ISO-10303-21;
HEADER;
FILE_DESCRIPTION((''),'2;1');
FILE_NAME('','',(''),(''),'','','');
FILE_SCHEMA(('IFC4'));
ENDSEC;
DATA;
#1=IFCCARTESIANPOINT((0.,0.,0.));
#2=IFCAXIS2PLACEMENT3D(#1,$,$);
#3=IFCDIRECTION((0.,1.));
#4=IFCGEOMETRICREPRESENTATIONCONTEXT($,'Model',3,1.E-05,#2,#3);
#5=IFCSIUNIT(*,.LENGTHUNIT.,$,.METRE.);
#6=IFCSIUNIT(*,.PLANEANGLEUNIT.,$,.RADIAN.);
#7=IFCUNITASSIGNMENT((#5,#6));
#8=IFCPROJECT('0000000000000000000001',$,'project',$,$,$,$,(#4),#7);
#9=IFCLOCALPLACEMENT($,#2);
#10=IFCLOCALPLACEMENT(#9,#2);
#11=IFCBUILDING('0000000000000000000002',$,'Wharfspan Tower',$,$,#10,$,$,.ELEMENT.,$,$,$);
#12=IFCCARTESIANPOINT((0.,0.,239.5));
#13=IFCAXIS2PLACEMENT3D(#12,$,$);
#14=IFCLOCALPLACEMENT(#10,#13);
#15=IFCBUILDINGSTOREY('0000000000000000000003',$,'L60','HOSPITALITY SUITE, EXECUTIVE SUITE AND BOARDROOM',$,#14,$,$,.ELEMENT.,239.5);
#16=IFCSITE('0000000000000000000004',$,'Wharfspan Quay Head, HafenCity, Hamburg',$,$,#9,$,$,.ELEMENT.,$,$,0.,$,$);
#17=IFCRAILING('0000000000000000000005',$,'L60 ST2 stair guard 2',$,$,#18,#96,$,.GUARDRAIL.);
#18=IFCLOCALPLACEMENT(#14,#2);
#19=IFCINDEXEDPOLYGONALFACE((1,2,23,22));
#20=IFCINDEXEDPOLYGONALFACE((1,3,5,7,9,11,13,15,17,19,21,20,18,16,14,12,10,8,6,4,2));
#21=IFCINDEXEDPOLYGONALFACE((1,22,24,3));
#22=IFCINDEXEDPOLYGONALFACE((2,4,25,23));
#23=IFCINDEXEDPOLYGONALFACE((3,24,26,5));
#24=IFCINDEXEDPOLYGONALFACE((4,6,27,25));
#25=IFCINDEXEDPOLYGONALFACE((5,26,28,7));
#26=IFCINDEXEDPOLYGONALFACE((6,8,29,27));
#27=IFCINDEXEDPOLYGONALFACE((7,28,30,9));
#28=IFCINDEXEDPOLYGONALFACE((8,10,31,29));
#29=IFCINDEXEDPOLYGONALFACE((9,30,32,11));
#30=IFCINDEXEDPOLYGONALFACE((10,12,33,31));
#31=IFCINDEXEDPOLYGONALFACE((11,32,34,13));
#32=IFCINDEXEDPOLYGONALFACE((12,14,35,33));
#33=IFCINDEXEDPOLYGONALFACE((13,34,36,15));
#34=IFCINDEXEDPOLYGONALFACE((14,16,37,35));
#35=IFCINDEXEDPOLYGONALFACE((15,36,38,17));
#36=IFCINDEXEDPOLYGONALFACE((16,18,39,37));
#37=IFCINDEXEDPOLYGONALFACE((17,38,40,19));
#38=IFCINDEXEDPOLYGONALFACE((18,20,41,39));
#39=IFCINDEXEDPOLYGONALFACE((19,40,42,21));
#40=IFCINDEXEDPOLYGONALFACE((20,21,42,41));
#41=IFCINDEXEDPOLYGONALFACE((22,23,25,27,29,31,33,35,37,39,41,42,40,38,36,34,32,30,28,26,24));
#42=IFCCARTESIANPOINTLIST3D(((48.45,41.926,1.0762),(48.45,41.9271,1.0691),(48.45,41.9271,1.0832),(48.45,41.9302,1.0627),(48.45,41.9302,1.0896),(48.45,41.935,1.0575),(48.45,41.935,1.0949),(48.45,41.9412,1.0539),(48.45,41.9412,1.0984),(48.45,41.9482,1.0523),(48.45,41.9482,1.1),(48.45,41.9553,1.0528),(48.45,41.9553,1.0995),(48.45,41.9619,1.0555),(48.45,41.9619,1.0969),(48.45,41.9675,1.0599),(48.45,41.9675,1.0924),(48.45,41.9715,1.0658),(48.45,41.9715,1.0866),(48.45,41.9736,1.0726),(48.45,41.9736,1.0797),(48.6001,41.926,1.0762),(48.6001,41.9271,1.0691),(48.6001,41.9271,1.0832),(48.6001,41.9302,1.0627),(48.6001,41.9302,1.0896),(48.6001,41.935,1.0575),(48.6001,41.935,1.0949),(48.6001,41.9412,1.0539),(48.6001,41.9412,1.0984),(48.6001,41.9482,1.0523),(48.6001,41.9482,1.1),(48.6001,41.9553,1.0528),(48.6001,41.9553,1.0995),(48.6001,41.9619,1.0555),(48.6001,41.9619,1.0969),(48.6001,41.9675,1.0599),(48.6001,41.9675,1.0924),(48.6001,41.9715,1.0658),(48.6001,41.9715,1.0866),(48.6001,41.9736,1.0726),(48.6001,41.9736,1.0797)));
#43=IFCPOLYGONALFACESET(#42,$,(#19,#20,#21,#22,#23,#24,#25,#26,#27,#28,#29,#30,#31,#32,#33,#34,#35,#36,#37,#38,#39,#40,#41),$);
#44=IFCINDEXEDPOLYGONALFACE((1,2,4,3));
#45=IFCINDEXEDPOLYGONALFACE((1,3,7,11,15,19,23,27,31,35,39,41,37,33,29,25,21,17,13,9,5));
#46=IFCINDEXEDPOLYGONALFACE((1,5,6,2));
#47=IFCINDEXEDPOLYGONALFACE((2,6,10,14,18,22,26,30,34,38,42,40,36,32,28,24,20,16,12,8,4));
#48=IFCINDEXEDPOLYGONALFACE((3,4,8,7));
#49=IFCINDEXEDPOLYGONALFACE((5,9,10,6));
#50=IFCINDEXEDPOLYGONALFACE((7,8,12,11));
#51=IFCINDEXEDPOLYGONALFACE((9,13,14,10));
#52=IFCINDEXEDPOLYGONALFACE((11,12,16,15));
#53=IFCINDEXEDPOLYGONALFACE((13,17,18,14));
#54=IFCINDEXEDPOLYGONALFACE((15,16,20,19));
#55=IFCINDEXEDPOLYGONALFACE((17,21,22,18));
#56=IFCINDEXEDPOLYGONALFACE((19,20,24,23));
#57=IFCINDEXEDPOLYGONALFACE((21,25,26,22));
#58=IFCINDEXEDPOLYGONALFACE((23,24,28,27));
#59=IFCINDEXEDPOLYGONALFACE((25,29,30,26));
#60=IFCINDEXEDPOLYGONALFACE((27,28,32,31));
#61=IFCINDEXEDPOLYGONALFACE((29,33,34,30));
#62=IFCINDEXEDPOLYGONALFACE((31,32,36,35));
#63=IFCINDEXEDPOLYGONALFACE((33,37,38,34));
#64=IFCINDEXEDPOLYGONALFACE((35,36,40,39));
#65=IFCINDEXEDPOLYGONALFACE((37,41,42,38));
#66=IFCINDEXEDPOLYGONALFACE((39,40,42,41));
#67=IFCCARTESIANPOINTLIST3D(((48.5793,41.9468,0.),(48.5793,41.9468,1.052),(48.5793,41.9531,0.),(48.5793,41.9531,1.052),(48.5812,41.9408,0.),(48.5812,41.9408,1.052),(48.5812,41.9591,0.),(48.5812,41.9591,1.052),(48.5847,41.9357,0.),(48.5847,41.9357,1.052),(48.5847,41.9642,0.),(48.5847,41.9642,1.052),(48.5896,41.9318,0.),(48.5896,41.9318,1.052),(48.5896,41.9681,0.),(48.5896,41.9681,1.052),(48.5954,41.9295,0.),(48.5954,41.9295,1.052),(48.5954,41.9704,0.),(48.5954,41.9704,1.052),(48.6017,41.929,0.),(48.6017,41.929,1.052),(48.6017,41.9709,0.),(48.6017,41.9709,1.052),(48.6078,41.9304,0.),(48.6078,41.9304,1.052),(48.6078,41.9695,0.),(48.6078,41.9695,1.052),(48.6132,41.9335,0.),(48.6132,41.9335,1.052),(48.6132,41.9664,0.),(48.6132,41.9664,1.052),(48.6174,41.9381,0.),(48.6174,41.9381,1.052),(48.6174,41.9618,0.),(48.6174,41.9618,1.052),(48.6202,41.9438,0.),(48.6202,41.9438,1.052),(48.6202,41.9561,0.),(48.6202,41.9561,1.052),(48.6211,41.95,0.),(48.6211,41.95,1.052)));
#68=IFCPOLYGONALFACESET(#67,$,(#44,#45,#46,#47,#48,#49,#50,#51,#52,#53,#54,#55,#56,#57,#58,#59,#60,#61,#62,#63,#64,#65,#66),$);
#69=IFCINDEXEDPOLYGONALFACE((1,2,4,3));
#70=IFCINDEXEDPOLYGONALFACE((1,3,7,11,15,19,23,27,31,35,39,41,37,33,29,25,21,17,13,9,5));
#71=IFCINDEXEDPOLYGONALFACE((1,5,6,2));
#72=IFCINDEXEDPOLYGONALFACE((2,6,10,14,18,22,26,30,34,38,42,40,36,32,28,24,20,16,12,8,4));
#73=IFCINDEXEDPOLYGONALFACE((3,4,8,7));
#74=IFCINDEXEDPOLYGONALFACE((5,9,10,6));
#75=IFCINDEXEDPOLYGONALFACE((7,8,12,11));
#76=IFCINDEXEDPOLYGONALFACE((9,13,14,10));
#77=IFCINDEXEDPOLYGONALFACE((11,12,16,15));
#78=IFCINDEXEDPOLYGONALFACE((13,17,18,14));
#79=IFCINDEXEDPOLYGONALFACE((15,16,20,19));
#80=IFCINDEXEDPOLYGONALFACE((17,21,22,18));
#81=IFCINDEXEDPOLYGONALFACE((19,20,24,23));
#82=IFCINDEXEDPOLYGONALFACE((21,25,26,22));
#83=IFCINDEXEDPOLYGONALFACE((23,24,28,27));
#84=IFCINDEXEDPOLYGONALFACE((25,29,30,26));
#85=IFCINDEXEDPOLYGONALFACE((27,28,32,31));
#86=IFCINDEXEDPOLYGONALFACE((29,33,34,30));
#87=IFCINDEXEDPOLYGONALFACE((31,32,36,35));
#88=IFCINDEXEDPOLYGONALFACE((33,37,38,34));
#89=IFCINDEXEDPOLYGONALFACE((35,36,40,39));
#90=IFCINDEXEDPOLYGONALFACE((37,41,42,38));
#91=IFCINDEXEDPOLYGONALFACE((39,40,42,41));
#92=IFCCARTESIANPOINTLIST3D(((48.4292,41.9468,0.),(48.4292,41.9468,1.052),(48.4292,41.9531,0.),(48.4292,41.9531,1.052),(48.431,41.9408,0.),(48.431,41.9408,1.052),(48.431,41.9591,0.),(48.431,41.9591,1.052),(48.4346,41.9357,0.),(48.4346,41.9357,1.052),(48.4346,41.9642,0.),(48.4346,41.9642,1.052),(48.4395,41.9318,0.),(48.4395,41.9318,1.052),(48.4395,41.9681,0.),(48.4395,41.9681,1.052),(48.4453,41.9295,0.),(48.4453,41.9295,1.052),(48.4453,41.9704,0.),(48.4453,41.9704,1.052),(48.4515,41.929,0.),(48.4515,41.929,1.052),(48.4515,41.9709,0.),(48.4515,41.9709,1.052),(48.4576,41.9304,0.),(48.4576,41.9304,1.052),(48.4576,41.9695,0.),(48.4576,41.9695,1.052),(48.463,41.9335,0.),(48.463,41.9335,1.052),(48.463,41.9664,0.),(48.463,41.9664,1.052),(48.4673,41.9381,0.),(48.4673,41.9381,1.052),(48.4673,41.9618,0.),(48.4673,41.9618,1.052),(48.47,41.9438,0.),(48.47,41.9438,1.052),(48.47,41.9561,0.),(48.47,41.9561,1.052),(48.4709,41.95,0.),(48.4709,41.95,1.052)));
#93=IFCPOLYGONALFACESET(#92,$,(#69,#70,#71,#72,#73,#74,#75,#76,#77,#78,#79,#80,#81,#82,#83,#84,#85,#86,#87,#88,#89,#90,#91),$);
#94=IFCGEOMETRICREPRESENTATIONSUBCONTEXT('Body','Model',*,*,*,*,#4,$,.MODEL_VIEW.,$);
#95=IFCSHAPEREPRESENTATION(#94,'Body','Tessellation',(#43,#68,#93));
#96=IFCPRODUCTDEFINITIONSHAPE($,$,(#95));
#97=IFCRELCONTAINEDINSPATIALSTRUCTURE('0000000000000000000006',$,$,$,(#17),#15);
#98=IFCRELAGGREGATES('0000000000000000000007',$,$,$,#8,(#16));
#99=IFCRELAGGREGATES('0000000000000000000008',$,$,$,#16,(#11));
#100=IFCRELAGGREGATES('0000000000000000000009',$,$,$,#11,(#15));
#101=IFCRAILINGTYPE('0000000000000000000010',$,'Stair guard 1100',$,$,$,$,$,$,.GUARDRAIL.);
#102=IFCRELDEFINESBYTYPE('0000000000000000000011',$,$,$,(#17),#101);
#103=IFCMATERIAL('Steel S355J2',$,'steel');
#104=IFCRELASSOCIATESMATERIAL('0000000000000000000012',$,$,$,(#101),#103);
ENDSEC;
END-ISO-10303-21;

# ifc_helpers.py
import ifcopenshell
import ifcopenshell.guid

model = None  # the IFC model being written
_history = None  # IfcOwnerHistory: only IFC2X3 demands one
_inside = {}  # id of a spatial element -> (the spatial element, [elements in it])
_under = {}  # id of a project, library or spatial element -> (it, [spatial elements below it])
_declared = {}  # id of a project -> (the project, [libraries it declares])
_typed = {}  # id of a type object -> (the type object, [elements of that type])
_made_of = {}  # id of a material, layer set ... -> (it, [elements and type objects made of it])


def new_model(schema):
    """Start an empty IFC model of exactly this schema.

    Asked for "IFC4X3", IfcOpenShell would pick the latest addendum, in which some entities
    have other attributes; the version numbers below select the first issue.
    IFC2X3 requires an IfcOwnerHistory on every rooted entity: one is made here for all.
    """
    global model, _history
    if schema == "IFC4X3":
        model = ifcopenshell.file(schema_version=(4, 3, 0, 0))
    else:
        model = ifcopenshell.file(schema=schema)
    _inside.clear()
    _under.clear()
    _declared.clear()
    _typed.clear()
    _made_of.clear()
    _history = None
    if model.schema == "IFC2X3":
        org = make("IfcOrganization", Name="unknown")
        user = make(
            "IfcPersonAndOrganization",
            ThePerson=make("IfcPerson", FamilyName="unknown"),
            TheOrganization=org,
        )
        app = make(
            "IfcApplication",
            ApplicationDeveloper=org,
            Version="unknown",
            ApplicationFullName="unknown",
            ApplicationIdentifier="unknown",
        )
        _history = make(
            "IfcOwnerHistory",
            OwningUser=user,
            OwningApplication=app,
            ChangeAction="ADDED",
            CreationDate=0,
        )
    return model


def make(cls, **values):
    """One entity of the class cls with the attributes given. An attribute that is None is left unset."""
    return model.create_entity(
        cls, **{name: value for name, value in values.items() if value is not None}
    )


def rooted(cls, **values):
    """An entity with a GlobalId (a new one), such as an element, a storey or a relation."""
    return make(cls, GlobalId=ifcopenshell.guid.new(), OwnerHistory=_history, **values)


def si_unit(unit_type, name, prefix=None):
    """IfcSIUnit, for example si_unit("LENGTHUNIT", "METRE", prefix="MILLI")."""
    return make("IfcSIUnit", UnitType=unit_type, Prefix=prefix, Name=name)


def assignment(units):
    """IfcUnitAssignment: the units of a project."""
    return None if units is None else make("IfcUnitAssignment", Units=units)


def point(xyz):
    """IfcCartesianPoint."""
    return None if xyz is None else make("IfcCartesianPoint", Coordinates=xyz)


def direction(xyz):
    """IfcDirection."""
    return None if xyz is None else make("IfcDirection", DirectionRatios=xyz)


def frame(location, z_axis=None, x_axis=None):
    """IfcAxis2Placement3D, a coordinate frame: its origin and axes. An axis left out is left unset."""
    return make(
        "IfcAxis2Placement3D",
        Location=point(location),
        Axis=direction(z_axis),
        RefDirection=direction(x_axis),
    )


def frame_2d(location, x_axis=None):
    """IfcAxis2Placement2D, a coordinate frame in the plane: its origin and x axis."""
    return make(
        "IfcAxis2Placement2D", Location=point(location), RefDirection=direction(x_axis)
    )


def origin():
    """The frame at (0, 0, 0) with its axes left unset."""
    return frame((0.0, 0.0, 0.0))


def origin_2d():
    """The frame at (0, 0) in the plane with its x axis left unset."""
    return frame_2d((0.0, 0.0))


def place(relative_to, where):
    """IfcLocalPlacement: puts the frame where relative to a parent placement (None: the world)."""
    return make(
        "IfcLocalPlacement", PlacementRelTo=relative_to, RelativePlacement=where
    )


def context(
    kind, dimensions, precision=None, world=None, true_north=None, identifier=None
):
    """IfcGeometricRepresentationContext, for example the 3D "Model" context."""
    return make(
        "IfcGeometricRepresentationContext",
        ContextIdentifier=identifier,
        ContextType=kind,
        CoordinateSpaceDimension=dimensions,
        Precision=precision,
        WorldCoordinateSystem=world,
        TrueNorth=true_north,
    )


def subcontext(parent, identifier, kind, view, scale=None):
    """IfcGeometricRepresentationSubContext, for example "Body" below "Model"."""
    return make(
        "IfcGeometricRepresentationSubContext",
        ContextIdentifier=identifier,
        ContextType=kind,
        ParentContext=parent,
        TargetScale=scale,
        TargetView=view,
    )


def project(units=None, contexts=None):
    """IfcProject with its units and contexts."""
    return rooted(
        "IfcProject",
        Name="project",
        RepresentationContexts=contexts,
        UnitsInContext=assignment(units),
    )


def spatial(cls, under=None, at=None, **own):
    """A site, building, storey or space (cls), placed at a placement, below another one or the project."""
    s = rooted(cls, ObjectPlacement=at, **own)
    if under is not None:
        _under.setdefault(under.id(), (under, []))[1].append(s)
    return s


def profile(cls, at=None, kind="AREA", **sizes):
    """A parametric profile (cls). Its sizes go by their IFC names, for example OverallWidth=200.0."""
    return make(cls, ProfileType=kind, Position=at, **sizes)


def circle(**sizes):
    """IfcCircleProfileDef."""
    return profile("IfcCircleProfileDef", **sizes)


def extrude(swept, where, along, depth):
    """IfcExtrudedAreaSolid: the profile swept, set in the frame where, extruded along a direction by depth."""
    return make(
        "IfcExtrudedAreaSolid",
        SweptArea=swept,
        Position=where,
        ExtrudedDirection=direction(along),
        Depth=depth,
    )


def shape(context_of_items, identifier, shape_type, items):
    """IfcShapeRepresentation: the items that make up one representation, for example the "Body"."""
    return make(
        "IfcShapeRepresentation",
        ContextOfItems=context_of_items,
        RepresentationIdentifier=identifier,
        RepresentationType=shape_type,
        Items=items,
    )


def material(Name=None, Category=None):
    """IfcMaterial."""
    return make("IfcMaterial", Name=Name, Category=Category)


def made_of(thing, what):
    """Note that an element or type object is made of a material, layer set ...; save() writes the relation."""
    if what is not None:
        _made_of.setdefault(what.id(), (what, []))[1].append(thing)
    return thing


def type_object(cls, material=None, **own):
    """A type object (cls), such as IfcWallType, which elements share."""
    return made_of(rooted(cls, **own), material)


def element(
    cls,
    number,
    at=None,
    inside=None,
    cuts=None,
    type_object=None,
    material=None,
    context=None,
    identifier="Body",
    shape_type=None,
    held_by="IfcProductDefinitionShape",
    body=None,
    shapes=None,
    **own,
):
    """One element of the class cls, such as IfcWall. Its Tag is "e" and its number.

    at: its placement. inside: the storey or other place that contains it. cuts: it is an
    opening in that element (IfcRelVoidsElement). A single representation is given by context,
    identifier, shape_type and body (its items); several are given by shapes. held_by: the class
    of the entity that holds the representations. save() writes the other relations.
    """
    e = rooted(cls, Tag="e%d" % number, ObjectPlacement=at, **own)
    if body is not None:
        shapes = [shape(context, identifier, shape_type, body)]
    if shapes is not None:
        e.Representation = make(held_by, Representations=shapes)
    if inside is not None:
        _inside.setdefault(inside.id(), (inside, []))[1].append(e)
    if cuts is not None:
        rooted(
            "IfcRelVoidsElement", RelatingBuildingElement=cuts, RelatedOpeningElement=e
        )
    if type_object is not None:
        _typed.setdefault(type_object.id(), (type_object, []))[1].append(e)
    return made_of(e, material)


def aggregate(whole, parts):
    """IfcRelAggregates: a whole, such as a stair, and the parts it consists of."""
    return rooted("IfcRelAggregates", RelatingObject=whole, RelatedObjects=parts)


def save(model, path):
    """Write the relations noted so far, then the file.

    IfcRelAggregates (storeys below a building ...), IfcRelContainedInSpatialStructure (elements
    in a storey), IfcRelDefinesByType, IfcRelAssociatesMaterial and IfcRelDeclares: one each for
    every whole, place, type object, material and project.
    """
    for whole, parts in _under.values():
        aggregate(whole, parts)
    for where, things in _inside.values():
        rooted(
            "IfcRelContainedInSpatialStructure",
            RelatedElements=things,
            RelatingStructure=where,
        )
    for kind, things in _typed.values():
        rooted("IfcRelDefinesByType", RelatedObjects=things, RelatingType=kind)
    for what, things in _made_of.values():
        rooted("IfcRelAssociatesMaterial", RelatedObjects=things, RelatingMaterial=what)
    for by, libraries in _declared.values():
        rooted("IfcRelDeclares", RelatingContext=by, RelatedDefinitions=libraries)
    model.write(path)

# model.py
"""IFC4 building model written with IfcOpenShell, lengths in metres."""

from ifc_helpers import new_model, si_unit, direction, frame, origin, origin_2d, place, context, subcontext, project, spatial, circle, extrude, material, type_object, element, save


model = new_model("IFC4")

# Units and contexts
model_context = context("Model", 3, precision=1e-05, world=origin(), true_north=direction((0.0, 1.0)))
body_context = subcontext(model_context, "Body", "Model", "MODEL_VIEW")
ifc_project = project(units=[si_unit("LENGTHUNIT", "METRE"), si_unit("PLANEANGLEUNIT", "RADIAN")], contexts=[model_context])

# Site, building, storey
site_placement = place(None, origin())
site = spatial("IfcSite", under=ifc_project, at=site_placement, Name="Wharfspan Quay Head, HafenCity, Hamburg", CompositionType="ELEMENT", RefElevation=0.0)
building_placement = place(site_placement, origin())
building = spatial("IfcBuilding", under=site, at=building_placement, Name="Wharfspan Tower", CompositionType="ELEMENT")
storey_placement = place(building_placement, frame((0.0, 0.0, 239.5)))
storey = spatial("IfcBuildingStorey", under=building, at=storey_placement, Name="L60", Description="HOSPITALITY SUITE, EXECUTIVE SUITE AND BOARDROOM", CompositionType="ELEMENT", Elevation=239.5)

# Shared definitions
ifc_material_1 = material(Name="Steel S355J2", Category="steel")

# Railing
railing_type_1 = type_object("IfcRailingType", Name="Stair guard 1100", PredefinedType="GUARDRAIL", material=ifc_material_1)
railing_1_placement = place(storey_placement, frame((48.6001, 41.95, 0.0)))
element("IfcRailing", 1, at=railing_1_placement, inside=storey, type_object=railing_type_1, Name="L60 ST2 stair guard 2", PredefinedType="GUARDRAIL", context=body_context, shape_type="SweptSolid", body=[
    extrude(circle(Radius=0.0239, at=origin_2d()), frame((0.0, 0.0, 1.0762), z_axis=(-1.0, 0.0, 0.0), x_axis=(0.0, -1.0, 0.0)), (0.0, 0.0, 1.0), 0.1501),
    extrude(circle(Radius=0.021, at=origin_2d()), origin(), (0.0, 0.0, 1.0), 1.052),
    extrude(circle(Radius=0.021, at=origin_2d()), frame((-0.1501, 0.0, 0.0)), (0.0, 0.0, 1.0), 1.052),
])

save(model, "model.ifc")
